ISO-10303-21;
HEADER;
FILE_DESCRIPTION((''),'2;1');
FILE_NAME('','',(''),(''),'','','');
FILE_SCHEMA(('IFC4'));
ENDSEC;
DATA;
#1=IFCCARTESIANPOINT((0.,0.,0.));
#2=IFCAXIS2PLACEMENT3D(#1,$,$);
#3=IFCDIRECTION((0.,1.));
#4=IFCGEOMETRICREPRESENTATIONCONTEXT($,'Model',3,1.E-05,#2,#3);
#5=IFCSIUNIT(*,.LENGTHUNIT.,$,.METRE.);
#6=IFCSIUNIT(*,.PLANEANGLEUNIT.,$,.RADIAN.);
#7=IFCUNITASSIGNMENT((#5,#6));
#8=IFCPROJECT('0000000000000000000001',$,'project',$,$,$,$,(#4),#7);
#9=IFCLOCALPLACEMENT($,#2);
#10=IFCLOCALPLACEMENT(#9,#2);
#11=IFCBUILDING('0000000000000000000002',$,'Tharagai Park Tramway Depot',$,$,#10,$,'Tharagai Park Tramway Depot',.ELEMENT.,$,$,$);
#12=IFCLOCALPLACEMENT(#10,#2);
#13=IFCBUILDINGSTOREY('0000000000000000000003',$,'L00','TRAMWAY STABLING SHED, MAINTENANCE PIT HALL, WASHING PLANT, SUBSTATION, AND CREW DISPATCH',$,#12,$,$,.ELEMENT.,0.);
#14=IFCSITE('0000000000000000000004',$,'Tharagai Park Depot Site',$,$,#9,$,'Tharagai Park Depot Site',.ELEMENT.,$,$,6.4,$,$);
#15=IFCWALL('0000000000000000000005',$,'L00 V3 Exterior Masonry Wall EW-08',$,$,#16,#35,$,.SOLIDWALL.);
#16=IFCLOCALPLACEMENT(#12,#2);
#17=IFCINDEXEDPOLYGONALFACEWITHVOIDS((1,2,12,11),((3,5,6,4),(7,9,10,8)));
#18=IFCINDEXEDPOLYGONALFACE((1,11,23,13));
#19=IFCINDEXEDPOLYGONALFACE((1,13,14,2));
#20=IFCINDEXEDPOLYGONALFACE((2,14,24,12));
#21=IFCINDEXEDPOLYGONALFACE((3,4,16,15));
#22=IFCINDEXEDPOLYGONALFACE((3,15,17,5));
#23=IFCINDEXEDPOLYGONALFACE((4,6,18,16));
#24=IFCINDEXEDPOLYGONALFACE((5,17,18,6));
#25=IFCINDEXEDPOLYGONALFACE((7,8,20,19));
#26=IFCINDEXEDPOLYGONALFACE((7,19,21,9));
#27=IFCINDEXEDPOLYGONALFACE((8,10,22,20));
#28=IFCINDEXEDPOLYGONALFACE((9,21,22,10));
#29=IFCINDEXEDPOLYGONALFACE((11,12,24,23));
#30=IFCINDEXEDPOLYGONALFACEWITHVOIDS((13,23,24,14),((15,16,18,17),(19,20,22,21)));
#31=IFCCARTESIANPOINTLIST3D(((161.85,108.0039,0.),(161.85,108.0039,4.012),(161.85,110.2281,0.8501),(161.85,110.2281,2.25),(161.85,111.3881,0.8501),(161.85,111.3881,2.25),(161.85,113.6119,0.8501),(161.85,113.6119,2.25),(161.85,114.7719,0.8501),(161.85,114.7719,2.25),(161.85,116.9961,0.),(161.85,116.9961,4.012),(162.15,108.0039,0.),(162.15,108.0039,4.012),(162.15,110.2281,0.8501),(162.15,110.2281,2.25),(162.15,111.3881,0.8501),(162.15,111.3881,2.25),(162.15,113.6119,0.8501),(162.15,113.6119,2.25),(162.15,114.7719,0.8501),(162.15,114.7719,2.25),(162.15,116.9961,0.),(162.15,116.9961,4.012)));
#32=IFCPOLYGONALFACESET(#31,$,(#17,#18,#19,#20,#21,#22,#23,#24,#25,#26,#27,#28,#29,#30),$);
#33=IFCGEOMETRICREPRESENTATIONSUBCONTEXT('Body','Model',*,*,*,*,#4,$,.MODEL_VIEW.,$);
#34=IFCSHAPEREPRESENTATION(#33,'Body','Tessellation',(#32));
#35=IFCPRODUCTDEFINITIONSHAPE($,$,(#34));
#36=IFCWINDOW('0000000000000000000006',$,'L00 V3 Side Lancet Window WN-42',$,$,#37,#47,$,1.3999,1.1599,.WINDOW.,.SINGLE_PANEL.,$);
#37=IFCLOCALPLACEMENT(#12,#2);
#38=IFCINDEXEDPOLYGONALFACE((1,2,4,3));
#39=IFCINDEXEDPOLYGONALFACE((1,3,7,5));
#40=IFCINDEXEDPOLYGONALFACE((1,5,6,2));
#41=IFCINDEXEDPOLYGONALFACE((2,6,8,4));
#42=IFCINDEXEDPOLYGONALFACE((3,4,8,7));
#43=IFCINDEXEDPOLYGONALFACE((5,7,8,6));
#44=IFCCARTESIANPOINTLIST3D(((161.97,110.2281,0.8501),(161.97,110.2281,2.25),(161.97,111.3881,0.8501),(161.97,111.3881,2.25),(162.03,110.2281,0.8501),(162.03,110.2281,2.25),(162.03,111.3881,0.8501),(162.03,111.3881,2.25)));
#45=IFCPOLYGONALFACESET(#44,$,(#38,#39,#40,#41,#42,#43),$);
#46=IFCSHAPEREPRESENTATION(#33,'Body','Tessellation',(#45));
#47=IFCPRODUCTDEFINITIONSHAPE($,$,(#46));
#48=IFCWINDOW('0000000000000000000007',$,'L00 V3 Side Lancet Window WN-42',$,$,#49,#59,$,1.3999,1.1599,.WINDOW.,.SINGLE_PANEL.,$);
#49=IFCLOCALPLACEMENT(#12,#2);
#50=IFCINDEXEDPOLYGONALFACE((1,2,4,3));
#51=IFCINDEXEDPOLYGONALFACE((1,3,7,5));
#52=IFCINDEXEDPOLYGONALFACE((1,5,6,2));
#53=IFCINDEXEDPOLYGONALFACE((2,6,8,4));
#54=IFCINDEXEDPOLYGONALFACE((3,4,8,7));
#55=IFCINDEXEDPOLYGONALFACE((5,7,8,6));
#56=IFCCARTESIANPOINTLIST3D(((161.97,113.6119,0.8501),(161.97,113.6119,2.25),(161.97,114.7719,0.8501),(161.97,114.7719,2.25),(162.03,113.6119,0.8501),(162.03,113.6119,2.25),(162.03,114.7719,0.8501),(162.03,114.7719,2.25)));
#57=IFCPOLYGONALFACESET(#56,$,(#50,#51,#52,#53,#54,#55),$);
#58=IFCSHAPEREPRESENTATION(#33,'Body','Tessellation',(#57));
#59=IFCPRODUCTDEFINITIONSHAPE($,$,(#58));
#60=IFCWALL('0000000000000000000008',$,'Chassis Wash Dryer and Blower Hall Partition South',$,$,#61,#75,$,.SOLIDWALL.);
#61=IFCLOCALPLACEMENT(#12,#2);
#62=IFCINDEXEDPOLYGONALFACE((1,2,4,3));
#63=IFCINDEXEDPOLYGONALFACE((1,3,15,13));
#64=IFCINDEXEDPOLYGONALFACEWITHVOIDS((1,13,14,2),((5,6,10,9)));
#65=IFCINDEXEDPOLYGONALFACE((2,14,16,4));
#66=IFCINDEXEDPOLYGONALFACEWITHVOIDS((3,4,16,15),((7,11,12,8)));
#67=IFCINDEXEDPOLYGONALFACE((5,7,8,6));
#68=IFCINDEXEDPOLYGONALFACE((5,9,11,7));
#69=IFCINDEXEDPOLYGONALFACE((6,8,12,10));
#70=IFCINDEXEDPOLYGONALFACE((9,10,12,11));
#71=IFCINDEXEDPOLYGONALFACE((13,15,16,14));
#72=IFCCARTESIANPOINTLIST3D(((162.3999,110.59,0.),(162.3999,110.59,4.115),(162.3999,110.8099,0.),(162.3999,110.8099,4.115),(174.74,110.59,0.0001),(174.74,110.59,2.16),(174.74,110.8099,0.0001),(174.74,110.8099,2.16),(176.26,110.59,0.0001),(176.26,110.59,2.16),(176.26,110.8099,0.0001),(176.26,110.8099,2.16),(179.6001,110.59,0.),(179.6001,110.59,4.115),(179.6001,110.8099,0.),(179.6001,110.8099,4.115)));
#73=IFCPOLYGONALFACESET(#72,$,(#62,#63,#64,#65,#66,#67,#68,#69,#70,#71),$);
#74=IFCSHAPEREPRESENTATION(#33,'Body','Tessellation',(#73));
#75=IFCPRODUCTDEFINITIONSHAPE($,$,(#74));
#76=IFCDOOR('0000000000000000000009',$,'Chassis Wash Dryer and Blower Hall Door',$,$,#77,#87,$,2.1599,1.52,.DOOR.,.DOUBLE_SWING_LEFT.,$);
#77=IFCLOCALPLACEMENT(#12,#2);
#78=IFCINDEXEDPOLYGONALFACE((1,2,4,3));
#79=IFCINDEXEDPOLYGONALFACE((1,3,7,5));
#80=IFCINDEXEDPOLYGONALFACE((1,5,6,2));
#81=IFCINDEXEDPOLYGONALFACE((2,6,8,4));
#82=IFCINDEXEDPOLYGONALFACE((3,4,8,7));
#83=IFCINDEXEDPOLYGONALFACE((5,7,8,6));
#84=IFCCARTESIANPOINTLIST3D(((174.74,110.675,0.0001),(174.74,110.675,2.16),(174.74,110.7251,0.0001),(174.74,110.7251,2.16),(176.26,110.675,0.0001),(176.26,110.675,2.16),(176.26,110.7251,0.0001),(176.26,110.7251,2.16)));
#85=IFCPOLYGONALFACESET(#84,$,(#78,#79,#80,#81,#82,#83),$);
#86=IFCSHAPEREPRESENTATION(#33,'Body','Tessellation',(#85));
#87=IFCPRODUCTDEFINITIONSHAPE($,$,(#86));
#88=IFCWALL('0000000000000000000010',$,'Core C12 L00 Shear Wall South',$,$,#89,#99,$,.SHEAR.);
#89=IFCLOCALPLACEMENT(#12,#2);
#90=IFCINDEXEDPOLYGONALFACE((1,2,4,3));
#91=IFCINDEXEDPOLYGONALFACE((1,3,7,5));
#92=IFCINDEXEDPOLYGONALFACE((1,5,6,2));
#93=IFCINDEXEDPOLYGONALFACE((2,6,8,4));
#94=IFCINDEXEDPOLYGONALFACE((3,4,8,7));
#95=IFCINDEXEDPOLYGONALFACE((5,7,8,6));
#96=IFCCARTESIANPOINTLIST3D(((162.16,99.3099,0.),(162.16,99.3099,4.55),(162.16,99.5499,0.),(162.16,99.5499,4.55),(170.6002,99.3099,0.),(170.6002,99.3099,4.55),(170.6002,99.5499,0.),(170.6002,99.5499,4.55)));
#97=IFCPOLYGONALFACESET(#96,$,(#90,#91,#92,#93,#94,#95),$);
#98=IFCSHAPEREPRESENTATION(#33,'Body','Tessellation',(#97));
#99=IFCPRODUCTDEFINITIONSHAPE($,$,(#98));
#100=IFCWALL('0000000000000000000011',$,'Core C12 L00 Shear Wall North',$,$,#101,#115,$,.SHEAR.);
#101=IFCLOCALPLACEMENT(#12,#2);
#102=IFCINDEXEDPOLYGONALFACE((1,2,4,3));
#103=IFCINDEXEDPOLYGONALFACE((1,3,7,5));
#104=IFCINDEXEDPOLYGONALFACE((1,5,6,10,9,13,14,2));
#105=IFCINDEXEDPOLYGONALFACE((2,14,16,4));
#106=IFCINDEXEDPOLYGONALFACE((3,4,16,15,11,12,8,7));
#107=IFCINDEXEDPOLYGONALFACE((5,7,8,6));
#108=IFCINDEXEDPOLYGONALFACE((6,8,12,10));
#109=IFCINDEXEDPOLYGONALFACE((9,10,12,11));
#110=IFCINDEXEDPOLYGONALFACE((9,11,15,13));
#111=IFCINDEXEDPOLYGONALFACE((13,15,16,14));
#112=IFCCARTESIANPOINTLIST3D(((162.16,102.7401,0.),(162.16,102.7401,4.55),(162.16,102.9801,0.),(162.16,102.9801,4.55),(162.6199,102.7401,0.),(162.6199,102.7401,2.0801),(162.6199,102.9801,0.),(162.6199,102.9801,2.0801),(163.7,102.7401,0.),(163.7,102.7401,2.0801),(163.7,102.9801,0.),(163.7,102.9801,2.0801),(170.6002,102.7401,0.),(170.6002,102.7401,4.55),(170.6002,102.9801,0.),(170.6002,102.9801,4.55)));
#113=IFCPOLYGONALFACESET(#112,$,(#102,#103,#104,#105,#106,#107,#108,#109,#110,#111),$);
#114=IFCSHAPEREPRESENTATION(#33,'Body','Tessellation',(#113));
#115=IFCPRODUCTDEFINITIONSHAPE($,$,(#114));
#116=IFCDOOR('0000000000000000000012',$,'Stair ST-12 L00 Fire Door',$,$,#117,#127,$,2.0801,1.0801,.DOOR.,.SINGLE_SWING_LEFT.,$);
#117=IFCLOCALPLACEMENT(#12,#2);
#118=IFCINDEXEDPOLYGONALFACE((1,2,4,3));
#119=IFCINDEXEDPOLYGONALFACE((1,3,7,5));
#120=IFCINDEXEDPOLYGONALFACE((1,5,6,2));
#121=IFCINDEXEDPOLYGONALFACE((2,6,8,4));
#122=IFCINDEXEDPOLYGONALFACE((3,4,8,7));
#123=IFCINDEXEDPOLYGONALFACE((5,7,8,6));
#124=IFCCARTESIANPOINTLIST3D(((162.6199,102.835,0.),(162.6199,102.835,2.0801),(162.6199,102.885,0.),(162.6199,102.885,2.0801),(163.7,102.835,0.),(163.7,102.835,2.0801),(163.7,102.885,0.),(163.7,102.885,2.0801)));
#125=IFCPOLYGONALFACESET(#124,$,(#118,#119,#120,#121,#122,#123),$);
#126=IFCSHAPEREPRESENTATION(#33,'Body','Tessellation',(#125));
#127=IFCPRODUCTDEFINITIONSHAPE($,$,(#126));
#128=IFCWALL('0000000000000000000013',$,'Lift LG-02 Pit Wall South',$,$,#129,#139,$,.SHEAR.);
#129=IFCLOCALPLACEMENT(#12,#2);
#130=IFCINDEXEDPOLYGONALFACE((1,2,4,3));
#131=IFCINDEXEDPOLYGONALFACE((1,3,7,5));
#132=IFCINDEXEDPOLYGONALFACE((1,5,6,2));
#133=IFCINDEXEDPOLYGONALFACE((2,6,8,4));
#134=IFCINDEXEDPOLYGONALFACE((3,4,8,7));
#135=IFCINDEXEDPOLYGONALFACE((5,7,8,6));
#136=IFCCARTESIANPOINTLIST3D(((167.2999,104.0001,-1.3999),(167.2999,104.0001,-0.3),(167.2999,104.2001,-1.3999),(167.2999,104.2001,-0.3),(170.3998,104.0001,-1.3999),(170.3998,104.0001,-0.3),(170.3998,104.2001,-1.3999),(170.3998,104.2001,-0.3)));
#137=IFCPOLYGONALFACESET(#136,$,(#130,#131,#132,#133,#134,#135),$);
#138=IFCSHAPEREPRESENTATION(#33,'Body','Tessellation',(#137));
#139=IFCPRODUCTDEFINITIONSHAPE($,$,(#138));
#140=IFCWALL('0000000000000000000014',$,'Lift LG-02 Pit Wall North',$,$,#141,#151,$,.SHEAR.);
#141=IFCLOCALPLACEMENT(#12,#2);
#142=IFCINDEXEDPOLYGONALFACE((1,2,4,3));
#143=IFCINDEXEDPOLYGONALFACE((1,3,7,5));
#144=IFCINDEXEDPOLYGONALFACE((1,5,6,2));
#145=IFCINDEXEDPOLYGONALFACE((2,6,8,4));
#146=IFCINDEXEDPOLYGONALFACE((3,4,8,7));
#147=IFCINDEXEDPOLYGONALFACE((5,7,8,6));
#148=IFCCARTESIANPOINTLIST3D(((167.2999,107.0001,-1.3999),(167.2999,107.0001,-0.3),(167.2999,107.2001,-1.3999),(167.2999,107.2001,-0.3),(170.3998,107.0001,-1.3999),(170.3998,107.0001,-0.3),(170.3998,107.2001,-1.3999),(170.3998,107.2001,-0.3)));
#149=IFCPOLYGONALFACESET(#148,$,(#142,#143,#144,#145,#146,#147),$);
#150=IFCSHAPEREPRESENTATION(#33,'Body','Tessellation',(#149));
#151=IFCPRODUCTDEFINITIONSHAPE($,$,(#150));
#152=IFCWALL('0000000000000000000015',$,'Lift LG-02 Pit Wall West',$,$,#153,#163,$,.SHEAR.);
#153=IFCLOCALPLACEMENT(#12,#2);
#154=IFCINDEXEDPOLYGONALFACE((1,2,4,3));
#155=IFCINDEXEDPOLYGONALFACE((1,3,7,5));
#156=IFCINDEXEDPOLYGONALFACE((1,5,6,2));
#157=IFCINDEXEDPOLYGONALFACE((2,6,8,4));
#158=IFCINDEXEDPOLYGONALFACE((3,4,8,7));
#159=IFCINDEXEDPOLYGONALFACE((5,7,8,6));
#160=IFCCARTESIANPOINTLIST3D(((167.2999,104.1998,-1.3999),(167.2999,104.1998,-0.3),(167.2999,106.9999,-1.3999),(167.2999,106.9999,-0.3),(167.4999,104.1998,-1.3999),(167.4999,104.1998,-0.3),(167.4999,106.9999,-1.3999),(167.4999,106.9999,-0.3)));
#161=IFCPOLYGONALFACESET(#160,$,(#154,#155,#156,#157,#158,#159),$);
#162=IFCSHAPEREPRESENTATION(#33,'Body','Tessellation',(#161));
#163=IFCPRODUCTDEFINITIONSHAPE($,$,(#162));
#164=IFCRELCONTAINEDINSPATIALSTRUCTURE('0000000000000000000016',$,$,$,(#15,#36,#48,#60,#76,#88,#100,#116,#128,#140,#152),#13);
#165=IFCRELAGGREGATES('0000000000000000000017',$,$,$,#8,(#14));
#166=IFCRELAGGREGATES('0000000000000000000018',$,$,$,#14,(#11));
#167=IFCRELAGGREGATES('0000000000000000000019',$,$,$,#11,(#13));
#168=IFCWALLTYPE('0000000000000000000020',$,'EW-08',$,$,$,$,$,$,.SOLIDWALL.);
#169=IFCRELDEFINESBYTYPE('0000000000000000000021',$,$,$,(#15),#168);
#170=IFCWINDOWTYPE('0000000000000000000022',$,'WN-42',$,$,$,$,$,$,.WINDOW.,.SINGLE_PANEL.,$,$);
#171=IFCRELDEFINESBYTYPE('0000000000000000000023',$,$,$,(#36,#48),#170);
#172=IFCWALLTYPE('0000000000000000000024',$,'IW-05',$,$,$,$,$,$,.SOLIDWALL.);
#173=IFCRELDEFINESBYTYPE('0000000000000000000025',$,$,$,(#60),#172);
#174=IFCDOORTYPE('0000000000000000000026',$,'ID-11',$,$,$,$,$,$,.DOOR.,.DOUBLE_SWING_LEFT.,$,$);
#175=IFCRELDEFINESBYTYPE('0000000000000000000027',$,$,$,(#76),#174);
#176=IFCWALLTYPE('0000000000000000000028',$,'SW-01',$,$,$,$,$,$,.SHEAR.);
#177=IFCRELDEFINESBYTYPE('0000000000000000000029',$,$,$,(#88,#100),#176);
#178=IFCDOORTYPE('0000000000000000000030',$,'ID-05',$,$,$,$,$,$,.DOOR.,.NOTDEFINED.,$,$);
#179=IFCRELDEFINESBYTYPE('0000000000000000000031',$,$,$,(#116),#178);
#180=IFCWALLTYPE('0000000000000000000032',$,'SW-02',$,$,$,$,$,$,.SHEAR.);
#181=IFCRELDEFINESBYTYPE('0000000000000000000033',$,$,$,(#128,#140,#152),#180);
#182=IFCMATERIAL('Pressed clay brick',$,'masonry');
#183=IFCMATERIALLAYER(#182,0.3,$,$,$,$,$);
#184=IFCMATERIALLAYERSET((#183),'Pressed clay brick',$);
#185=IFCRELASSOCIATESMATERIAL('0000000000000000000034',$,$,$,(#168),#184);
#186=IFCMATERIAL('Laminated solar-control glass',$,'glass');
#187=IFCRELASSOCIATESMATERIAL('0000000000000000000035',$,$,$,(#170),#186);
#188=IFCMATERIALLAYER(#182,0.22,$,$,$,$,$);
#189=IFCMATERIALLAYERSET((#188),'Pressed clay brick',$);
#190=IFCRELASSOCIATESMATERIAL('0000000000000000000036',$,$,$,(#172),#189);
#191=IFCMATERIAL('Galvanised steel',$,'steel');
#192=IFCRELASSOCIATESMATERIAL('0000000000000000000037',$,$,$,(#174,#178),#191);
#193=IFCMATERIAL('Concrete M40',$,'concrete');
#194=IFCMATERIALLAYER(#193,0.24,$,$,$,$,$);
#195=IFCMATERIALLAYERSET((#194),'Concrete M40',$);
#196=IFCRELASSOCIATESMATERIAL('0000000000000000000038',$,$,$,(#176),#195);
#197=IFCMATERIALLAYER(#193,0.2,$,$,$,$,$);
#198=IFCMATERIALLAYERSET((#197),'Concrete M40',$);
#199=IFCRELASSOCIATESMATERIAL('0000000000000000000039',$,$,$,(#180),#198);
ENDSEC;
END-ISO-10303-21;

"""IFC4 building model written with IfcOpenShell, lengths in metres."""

from ifc_helpers import new_model, si_unit, direction, frame, frame_2d, origin, place, context, subcontext, project, spatial, rectangle, extrude, material, layer, layer_set, type_object, element, fill, save


model = new_model("IFC4")

# Units and contexts
model_context = context("Model", 3, precision=1e-05, world=origin(), true_north=direction((0.0, 1.0)))
body_context = subcontext(model_context, "Body", "Model", "MODEL_VIEW")
ifc_project = project(units=[si_unit("LENGTHUNIT", "METRE"), si_unit("PLANEANGLEUNIT", "RADIAN")], contexts=[model_context])

# Site, building, storey
site_placement = place(None, origin())
site = spatial("IfcSite", under=ifc_project, at=site_placement, Name="Tharagai Park Depot Site", LongName="Tharagai Park Depot Site", CompositionType="ELEMENT", RefElevation=6.4)
building_placement = place(site_placement, origin())
building = spatial("IfcBuilding", under=site, at=building_placement, Name="Tharagai Park Tramway Depot", LongName="Tharagai Park Tramway Depot", CompositionType="ELEMENT")
storey_placement = place(building_placement, origin())
storey = spatial("IfcBuildingStorey", under=building, at=storey_placement, Name="L00", Description="TRAMWAY STABLING SHED, MAINTENANCE PIT HALL, WASHING PLANT, SUBSTATION, AND CREW DISPATCH", CompositionType="ELEMENT", Elevation=0.0)

# Shared definitions
ifc_material_1 = material(Name="Concrete M40", Category="concrete")

# Wall, openings, windows
ifc_material_2 = material(Name="Pressed clay brick", Category="masonry")
ifc_layer_1 = layer(ifc_material_2, 0.3)
ifc_layer_set_1 = layer_set([ifc_layer_1], Name="Pressed clay brick")
wall_type_1 = type_object("IfcWallType", Name="EW-08", PredefinedType="SOLIDWALL", material=ifc_layer_set_1)
wall_1_placement = place(storey_placement, frame((162.0, 108.0039, 0.0), z_axis=(0.0, 0.0, 1.0), x_axis=(0.0, 1.0, 0.0)))
wall_1 = element("IfcWall", 1, at=wall_1_placement, inside=storey, type_object=wall_type_1, Name="L00 V3 Exterior Masonry Wall EW-08", PredefinedType="SOLIDWALL", context=body_context, shape_type="SweptSolid", body=[
    extrude(rectangle(XDim=8.9922, YDim=0.3, at=frame_2d((4.4961, 0.0))), origin(), (0.0, 0.0, 1.0), 4.012),
])
opening_1_placement = place(wall_1_placement, frame((2.2241, 0.0, 0.8501)))
opening_1 = element("IfcOpeningElement", 2, at=opening_1_placement, cuts=wall_1, PredefinedType="OPENING", context=body_context, shape_type="SweptSolid", body=[
    extrude(rectangle(XDim=1.1599, YDim=1.3999, at=frame_2d((0.5801, 0.7))), frame((0.0, 0.1599, 0.0), z_axis=(0.0, -1.0, 0.0), x_axis=(1.0, 0.0, 0.0)), (0.0, 0.0, 1.0), 0.3201),
])
opening_2_placement = place(wall_1_placement, frame((5.6079, 0.0, 0.8501)))
opening_2 = element("IfcOpeningElement", 3, at=opening_2_placement, cuts=wall_1, PredefinedType="OPENING", context=body_context, shape_type="SweptSolid", body=[
    extrude(rectangle(XDim=1.1599, YDim=1.3999, at=frame_2d((0.5801, 0.7))), frame((0.0, 0.1599, 0.0), z_axis=(0.0, -1.0, 0.0), x_axis=(1.0, 0.0, 0.0)), (0.0, 0.0, 1.0), 0.3201),
])
ifc_material_3 = material(Name="Laminated solar-control glass", Category="glass")
window_type = type_object("IfcWindowType", Name="WN-42", PartitioningType="SINGLE_PANEL", PredefinedType="WINDOW", material=ifc_material_3)
window_1_placement = place(opening_1_placement, origin())
window_1 = element("IfcWindow", 4, at=window_1_placement, inside=storey, type_object=window_type, Name="L00 V3 Side Lancet Window WN-42", OverallHeight=1.3999, OverallWidth=1.1599, PartitioningType="SINGLE_PANEL", PredefinedType="WINDOW", context=body_context, shape_type="SweptSolid", body=[
    extrude(rectangle(XDim=1.1599, YDim=1.3999, at=frame_2d((0.5801, 0.7))), frame((0.0, 0.03, 0.0), z_axis=(0.0, -1.0, 0.0), x_axis=(1.0, 0.0, 0.0)), (0.0, 0.0, 1.0), 0.0601),
])
fill(opening_1, window_1)
window_2_placement = place(opening_2_placement, origin())
window_2 = element("IfcWindow", 5, at=window_2_placement, inside=storey, type_object=window_type, Name="L00 V3 Side Lancet Window WN-42", OverallHeight=1.3999, OverallWidth=1.1599, PartitioningType="SINGLE_PANEL", PredefinedType="WINDOW", context=body_context, shape_type="SweptSolid", body=[
    extrude(rectangle(XDim=1.1599, YDim=1.3999, at=frame_2d((0.5801, 0.7))), frame((0.0, 0.03, 0.0), z_axis=(0.0, -1.0, 0.0), x_axis=(1.0, 0.0, 0.0)), (0.0, 0.0, 1.0), 0.0601),
])
fill(opening_2, window_2)

# Wall, opening, door
ifc_layer_2 = layer(ifc_material_2, 0.22)
ifc_layer_set_2 = layer_set([ifc_layer_2], Name="Pressed clay brick")
wall_type_2 = type_object("IfcWallType", Name="IW-05", PredefinedType="SOLIDWALL", material=ifc_layer_set_2)
wall_2_placement = place(storey_placement, frame((162.3999, 110.7, 0.0), z_axis=(0.0, 0.0, 1.0), x_axis=(1.0, 0.0, 0.0)))
wall_2 = element("IfcWall", 6, at=wall_2_placement, inside=storey, type_object=wall_type_2, Name="Chassis Wash Dryer and Blower Hall Partition South", PredefinedType="SOLIDWALL", context=body_context, shape_type="SweptSolid", body=[
    extrude(rectangle(XDim=17.2002, YDim=0.22, at=frame_2d((8.6001, 0.0))), origin(), (0.0, 0.0, 1.0), 4.115),
])
opening_3_placement = place(wall_2_placement, frame((12.3401, 0.0, 0.0)))
opening_3 = element("IfcOpeningElement", 7, at=opening_3_placement, cuts=wall_2, PredefinedType="OPENING", context=body_context, shape_type="SweptSolid", body=[
    extrude(rectangle(XDim=1.52, YDim=2.1599, at=frame_2d((0.76, 1.0801))), frame((0.0, 0.1199, 0.0), z_axis=(0.0, -1.0, 0.0), x_axis=(1.0, 0.0, 0.0)), (0.0, 0.0, 1.0), 0.24),
])
ifc_material_4 = material(Name="Galvanised steel", Category="steel")
door_type_1 = type_object("IfcDoorType", Name="ID-11", OperationType="DOUBLE_SWING_LEFT", PredefinedType="DOOR", material=ifc_material_4)
door_1_placement = place(opening_3_placement, frame((1.52, 0.0, 0.0), z_axis=(0.0, 0.0, 1.0), x_axis=(-1.0, 0.0, 0.0)))
door_1 = element("IfcDoor", 8, at=door_1_placement, inside=storey, type_object=door_type_1, Name="Chassis Wash Dryer and Blower Hall Door", OperationType="DOUBLE_SWING_LEFT", OverallHeight=2.1599, OverallWidth=1.52, PredefinedType="DOOR", context=body_context, shape_type="SweptSolid", body=[
    extrude(rectangle(XDim=1.52, YDim=2.1599, at=frame_2d((0.76, 1.0801))), frame((0.0, 0.0249, 0.0), z_axis=(0.0, -1.0, 0.0), x_axis=(1.0, 0.0, 0.0)), (0.0, 0.0, 1.0), 0.05),
])
fill(opening_3, door_1)

# Wall
ifc_layer_3 = layer(ifc_material_1, 0.24)
ifc_layer_set_3 = layer_set([ifc_layer_3], Name="Concrete M40")
wall_type_3 = type_object("IfcWallType", Name="SW-01", PredefinedType="SHEAR", material=ifc_layer_set_3)
wall_3_placement = place(storey_placement, frame((162.1599, 99.4299, 0.0), z_axis=(0.0, 0.0, 1.0), x_axis=(1.0, 0.0, 0.0)))
element("IfcWall", 9, at=wall_3_placement, inside=storey, type_object=wall_type_3, Name="Core C12 L00 Shear Wall South", PredefinedType="SHEAR", context=body_context, shape_type="SweptSolid", body=[
    extrude(rectangle(XDim=8.4402, YDim=0.24, at=frame_2d((4.2202, 0.0))), origin(), (0.0, 0.0, 1.0), 4.55),
])

# Wall, opening, door
wall_4_placement = place(storey_placement, frame((162.1599, 102.8601, 0.0), z_axis=(0.0, 0.0, 1.0), x_axis=(1.0, 0.0, 0.0)))
wall_4 = element("IfcWall", 10, at=wall_4_placement, inside=storey, type_object=wall_type_3, Name="Core C12 L00 Shear Wall North", PredefinedType="SHEAR", context=body_context, shape_type="SweptSolid", body=[
    extrude(rectangle(XDim=8.4402, YDim=0.24, at=frame_2d((4.2202, 0.0))), origin(), (0.0, 0.0, 1.0), 4.55),
])
opening_4_placement = place(wall_4_placement, frame((0.46, 0.0, 0.0)))
opening_4 = element("IfcOpeningElement", 11, at=opening_4_placement, cuts=wall_4, PredefinedType="OPENING", context=body_context, shape_type="SweptSolid", body=[
    extrude(rectangle(XDim=1.0801, YDim=2.0801, at=frame_2d((0.54, 1.04))), frame((0.0, 0.1299, 0.0), z_axis=(0.0, -1.0, 0.0), x_axis=(1.0, 0.0, 0.0)), (0.0, 0.0, 1.0), 0.26),
])
door_type_2 = type_object("IfcDoorType", Name="ID-05", OperationType="NOTDEFINED", PredefinedType="DOOR", material=ifc_material_4)
door_2_placement = place(opening_4_placement, origin())
door_2 = element("IfcDoor", 12, at=door_2_placement, inside=storey, type_object=door_type_2, Name="Stair ST-12 L00 Fire Door", OperationType="SINGLE_SWING_LEFT", OverallHeight=2.0801, OverallWidth=1.0801, PredefinedType="DOOR", context=body_context, shape_type="SweptSolid", body=[
    extrude(rectangle(XDim=1.0801, YDim=2.0801, at=frame_2d((0.54, 1.04))), frame((0.0, 0.0249, 0.0), z_axis=(0.0, -1.0, 0.0), x_axis=(1.0, 0.0, 0.0)), (0.0, 0.0, 1.0), 0.05),
])
fill(opening_4, door_2)

# Walls
ifc_layer_4 = layer(ifc_material_1, 0.2)
ifc_layer_set_4 = layer_set([ifc_layer_4], Name="Concrete M40")
wall_type_4 = type_object("IfcWallType", Name="SW-02", PredefinedType="SHEAR", material=ifc_layer_set_4)
for number, where, z_axis, x_axis, name in (
    (13, (167.3, 104.1001, -1.3999), (0.0, 0.0, 1.0), (1.0, 0.0, 0.0), "Lift LG-02 Pit Wall South"),
    (14, (167.3, 107.1001, -1.3999), (0.0, 0.0, 1.0), (1.0, 0.0, 0.0), "Lift LG-02 Pit Wall North"),
):
    element("IfcWall", number, at=place(storey_placement, frame(where, z_axis=z_axis, x_axis=x_axis)), inside=storey, type_object=wall_type_4, Name=name, PredefinedType="SHEAR", context=body_context, shape_type="SweptSolid", body=[
        extrude(rectangle(XDim=3.0999, YDim=0.2, at=frame_2d((1.5498, 0.0))), origin(), (0.0, 0.0, 1.0), 1.0999),
    ])
wall_5_placement = place(storey_placement, frame((167.3999, 104.2, -1.3999), z_axis=(0.0, 0.0, 1.0), x_axis=(0.0, 1.0, 0.0)))
element("IfcWall", 15, at=wall_5_placement, inside=storey, type_object=wall_type_4, Name="Lift LG-02 Pit Wall West", PredefinedType="SHEAR", context=body_context, shape_type="SweptSolid", body=[
    extrude(rectangle(XDim=2.8, YDim=0.2, at=frame_2d((1.3999, 0.0))), origin(), (0.0, 0.0, 1.0), 1.0999),
])

save(model, "model.ifc")
